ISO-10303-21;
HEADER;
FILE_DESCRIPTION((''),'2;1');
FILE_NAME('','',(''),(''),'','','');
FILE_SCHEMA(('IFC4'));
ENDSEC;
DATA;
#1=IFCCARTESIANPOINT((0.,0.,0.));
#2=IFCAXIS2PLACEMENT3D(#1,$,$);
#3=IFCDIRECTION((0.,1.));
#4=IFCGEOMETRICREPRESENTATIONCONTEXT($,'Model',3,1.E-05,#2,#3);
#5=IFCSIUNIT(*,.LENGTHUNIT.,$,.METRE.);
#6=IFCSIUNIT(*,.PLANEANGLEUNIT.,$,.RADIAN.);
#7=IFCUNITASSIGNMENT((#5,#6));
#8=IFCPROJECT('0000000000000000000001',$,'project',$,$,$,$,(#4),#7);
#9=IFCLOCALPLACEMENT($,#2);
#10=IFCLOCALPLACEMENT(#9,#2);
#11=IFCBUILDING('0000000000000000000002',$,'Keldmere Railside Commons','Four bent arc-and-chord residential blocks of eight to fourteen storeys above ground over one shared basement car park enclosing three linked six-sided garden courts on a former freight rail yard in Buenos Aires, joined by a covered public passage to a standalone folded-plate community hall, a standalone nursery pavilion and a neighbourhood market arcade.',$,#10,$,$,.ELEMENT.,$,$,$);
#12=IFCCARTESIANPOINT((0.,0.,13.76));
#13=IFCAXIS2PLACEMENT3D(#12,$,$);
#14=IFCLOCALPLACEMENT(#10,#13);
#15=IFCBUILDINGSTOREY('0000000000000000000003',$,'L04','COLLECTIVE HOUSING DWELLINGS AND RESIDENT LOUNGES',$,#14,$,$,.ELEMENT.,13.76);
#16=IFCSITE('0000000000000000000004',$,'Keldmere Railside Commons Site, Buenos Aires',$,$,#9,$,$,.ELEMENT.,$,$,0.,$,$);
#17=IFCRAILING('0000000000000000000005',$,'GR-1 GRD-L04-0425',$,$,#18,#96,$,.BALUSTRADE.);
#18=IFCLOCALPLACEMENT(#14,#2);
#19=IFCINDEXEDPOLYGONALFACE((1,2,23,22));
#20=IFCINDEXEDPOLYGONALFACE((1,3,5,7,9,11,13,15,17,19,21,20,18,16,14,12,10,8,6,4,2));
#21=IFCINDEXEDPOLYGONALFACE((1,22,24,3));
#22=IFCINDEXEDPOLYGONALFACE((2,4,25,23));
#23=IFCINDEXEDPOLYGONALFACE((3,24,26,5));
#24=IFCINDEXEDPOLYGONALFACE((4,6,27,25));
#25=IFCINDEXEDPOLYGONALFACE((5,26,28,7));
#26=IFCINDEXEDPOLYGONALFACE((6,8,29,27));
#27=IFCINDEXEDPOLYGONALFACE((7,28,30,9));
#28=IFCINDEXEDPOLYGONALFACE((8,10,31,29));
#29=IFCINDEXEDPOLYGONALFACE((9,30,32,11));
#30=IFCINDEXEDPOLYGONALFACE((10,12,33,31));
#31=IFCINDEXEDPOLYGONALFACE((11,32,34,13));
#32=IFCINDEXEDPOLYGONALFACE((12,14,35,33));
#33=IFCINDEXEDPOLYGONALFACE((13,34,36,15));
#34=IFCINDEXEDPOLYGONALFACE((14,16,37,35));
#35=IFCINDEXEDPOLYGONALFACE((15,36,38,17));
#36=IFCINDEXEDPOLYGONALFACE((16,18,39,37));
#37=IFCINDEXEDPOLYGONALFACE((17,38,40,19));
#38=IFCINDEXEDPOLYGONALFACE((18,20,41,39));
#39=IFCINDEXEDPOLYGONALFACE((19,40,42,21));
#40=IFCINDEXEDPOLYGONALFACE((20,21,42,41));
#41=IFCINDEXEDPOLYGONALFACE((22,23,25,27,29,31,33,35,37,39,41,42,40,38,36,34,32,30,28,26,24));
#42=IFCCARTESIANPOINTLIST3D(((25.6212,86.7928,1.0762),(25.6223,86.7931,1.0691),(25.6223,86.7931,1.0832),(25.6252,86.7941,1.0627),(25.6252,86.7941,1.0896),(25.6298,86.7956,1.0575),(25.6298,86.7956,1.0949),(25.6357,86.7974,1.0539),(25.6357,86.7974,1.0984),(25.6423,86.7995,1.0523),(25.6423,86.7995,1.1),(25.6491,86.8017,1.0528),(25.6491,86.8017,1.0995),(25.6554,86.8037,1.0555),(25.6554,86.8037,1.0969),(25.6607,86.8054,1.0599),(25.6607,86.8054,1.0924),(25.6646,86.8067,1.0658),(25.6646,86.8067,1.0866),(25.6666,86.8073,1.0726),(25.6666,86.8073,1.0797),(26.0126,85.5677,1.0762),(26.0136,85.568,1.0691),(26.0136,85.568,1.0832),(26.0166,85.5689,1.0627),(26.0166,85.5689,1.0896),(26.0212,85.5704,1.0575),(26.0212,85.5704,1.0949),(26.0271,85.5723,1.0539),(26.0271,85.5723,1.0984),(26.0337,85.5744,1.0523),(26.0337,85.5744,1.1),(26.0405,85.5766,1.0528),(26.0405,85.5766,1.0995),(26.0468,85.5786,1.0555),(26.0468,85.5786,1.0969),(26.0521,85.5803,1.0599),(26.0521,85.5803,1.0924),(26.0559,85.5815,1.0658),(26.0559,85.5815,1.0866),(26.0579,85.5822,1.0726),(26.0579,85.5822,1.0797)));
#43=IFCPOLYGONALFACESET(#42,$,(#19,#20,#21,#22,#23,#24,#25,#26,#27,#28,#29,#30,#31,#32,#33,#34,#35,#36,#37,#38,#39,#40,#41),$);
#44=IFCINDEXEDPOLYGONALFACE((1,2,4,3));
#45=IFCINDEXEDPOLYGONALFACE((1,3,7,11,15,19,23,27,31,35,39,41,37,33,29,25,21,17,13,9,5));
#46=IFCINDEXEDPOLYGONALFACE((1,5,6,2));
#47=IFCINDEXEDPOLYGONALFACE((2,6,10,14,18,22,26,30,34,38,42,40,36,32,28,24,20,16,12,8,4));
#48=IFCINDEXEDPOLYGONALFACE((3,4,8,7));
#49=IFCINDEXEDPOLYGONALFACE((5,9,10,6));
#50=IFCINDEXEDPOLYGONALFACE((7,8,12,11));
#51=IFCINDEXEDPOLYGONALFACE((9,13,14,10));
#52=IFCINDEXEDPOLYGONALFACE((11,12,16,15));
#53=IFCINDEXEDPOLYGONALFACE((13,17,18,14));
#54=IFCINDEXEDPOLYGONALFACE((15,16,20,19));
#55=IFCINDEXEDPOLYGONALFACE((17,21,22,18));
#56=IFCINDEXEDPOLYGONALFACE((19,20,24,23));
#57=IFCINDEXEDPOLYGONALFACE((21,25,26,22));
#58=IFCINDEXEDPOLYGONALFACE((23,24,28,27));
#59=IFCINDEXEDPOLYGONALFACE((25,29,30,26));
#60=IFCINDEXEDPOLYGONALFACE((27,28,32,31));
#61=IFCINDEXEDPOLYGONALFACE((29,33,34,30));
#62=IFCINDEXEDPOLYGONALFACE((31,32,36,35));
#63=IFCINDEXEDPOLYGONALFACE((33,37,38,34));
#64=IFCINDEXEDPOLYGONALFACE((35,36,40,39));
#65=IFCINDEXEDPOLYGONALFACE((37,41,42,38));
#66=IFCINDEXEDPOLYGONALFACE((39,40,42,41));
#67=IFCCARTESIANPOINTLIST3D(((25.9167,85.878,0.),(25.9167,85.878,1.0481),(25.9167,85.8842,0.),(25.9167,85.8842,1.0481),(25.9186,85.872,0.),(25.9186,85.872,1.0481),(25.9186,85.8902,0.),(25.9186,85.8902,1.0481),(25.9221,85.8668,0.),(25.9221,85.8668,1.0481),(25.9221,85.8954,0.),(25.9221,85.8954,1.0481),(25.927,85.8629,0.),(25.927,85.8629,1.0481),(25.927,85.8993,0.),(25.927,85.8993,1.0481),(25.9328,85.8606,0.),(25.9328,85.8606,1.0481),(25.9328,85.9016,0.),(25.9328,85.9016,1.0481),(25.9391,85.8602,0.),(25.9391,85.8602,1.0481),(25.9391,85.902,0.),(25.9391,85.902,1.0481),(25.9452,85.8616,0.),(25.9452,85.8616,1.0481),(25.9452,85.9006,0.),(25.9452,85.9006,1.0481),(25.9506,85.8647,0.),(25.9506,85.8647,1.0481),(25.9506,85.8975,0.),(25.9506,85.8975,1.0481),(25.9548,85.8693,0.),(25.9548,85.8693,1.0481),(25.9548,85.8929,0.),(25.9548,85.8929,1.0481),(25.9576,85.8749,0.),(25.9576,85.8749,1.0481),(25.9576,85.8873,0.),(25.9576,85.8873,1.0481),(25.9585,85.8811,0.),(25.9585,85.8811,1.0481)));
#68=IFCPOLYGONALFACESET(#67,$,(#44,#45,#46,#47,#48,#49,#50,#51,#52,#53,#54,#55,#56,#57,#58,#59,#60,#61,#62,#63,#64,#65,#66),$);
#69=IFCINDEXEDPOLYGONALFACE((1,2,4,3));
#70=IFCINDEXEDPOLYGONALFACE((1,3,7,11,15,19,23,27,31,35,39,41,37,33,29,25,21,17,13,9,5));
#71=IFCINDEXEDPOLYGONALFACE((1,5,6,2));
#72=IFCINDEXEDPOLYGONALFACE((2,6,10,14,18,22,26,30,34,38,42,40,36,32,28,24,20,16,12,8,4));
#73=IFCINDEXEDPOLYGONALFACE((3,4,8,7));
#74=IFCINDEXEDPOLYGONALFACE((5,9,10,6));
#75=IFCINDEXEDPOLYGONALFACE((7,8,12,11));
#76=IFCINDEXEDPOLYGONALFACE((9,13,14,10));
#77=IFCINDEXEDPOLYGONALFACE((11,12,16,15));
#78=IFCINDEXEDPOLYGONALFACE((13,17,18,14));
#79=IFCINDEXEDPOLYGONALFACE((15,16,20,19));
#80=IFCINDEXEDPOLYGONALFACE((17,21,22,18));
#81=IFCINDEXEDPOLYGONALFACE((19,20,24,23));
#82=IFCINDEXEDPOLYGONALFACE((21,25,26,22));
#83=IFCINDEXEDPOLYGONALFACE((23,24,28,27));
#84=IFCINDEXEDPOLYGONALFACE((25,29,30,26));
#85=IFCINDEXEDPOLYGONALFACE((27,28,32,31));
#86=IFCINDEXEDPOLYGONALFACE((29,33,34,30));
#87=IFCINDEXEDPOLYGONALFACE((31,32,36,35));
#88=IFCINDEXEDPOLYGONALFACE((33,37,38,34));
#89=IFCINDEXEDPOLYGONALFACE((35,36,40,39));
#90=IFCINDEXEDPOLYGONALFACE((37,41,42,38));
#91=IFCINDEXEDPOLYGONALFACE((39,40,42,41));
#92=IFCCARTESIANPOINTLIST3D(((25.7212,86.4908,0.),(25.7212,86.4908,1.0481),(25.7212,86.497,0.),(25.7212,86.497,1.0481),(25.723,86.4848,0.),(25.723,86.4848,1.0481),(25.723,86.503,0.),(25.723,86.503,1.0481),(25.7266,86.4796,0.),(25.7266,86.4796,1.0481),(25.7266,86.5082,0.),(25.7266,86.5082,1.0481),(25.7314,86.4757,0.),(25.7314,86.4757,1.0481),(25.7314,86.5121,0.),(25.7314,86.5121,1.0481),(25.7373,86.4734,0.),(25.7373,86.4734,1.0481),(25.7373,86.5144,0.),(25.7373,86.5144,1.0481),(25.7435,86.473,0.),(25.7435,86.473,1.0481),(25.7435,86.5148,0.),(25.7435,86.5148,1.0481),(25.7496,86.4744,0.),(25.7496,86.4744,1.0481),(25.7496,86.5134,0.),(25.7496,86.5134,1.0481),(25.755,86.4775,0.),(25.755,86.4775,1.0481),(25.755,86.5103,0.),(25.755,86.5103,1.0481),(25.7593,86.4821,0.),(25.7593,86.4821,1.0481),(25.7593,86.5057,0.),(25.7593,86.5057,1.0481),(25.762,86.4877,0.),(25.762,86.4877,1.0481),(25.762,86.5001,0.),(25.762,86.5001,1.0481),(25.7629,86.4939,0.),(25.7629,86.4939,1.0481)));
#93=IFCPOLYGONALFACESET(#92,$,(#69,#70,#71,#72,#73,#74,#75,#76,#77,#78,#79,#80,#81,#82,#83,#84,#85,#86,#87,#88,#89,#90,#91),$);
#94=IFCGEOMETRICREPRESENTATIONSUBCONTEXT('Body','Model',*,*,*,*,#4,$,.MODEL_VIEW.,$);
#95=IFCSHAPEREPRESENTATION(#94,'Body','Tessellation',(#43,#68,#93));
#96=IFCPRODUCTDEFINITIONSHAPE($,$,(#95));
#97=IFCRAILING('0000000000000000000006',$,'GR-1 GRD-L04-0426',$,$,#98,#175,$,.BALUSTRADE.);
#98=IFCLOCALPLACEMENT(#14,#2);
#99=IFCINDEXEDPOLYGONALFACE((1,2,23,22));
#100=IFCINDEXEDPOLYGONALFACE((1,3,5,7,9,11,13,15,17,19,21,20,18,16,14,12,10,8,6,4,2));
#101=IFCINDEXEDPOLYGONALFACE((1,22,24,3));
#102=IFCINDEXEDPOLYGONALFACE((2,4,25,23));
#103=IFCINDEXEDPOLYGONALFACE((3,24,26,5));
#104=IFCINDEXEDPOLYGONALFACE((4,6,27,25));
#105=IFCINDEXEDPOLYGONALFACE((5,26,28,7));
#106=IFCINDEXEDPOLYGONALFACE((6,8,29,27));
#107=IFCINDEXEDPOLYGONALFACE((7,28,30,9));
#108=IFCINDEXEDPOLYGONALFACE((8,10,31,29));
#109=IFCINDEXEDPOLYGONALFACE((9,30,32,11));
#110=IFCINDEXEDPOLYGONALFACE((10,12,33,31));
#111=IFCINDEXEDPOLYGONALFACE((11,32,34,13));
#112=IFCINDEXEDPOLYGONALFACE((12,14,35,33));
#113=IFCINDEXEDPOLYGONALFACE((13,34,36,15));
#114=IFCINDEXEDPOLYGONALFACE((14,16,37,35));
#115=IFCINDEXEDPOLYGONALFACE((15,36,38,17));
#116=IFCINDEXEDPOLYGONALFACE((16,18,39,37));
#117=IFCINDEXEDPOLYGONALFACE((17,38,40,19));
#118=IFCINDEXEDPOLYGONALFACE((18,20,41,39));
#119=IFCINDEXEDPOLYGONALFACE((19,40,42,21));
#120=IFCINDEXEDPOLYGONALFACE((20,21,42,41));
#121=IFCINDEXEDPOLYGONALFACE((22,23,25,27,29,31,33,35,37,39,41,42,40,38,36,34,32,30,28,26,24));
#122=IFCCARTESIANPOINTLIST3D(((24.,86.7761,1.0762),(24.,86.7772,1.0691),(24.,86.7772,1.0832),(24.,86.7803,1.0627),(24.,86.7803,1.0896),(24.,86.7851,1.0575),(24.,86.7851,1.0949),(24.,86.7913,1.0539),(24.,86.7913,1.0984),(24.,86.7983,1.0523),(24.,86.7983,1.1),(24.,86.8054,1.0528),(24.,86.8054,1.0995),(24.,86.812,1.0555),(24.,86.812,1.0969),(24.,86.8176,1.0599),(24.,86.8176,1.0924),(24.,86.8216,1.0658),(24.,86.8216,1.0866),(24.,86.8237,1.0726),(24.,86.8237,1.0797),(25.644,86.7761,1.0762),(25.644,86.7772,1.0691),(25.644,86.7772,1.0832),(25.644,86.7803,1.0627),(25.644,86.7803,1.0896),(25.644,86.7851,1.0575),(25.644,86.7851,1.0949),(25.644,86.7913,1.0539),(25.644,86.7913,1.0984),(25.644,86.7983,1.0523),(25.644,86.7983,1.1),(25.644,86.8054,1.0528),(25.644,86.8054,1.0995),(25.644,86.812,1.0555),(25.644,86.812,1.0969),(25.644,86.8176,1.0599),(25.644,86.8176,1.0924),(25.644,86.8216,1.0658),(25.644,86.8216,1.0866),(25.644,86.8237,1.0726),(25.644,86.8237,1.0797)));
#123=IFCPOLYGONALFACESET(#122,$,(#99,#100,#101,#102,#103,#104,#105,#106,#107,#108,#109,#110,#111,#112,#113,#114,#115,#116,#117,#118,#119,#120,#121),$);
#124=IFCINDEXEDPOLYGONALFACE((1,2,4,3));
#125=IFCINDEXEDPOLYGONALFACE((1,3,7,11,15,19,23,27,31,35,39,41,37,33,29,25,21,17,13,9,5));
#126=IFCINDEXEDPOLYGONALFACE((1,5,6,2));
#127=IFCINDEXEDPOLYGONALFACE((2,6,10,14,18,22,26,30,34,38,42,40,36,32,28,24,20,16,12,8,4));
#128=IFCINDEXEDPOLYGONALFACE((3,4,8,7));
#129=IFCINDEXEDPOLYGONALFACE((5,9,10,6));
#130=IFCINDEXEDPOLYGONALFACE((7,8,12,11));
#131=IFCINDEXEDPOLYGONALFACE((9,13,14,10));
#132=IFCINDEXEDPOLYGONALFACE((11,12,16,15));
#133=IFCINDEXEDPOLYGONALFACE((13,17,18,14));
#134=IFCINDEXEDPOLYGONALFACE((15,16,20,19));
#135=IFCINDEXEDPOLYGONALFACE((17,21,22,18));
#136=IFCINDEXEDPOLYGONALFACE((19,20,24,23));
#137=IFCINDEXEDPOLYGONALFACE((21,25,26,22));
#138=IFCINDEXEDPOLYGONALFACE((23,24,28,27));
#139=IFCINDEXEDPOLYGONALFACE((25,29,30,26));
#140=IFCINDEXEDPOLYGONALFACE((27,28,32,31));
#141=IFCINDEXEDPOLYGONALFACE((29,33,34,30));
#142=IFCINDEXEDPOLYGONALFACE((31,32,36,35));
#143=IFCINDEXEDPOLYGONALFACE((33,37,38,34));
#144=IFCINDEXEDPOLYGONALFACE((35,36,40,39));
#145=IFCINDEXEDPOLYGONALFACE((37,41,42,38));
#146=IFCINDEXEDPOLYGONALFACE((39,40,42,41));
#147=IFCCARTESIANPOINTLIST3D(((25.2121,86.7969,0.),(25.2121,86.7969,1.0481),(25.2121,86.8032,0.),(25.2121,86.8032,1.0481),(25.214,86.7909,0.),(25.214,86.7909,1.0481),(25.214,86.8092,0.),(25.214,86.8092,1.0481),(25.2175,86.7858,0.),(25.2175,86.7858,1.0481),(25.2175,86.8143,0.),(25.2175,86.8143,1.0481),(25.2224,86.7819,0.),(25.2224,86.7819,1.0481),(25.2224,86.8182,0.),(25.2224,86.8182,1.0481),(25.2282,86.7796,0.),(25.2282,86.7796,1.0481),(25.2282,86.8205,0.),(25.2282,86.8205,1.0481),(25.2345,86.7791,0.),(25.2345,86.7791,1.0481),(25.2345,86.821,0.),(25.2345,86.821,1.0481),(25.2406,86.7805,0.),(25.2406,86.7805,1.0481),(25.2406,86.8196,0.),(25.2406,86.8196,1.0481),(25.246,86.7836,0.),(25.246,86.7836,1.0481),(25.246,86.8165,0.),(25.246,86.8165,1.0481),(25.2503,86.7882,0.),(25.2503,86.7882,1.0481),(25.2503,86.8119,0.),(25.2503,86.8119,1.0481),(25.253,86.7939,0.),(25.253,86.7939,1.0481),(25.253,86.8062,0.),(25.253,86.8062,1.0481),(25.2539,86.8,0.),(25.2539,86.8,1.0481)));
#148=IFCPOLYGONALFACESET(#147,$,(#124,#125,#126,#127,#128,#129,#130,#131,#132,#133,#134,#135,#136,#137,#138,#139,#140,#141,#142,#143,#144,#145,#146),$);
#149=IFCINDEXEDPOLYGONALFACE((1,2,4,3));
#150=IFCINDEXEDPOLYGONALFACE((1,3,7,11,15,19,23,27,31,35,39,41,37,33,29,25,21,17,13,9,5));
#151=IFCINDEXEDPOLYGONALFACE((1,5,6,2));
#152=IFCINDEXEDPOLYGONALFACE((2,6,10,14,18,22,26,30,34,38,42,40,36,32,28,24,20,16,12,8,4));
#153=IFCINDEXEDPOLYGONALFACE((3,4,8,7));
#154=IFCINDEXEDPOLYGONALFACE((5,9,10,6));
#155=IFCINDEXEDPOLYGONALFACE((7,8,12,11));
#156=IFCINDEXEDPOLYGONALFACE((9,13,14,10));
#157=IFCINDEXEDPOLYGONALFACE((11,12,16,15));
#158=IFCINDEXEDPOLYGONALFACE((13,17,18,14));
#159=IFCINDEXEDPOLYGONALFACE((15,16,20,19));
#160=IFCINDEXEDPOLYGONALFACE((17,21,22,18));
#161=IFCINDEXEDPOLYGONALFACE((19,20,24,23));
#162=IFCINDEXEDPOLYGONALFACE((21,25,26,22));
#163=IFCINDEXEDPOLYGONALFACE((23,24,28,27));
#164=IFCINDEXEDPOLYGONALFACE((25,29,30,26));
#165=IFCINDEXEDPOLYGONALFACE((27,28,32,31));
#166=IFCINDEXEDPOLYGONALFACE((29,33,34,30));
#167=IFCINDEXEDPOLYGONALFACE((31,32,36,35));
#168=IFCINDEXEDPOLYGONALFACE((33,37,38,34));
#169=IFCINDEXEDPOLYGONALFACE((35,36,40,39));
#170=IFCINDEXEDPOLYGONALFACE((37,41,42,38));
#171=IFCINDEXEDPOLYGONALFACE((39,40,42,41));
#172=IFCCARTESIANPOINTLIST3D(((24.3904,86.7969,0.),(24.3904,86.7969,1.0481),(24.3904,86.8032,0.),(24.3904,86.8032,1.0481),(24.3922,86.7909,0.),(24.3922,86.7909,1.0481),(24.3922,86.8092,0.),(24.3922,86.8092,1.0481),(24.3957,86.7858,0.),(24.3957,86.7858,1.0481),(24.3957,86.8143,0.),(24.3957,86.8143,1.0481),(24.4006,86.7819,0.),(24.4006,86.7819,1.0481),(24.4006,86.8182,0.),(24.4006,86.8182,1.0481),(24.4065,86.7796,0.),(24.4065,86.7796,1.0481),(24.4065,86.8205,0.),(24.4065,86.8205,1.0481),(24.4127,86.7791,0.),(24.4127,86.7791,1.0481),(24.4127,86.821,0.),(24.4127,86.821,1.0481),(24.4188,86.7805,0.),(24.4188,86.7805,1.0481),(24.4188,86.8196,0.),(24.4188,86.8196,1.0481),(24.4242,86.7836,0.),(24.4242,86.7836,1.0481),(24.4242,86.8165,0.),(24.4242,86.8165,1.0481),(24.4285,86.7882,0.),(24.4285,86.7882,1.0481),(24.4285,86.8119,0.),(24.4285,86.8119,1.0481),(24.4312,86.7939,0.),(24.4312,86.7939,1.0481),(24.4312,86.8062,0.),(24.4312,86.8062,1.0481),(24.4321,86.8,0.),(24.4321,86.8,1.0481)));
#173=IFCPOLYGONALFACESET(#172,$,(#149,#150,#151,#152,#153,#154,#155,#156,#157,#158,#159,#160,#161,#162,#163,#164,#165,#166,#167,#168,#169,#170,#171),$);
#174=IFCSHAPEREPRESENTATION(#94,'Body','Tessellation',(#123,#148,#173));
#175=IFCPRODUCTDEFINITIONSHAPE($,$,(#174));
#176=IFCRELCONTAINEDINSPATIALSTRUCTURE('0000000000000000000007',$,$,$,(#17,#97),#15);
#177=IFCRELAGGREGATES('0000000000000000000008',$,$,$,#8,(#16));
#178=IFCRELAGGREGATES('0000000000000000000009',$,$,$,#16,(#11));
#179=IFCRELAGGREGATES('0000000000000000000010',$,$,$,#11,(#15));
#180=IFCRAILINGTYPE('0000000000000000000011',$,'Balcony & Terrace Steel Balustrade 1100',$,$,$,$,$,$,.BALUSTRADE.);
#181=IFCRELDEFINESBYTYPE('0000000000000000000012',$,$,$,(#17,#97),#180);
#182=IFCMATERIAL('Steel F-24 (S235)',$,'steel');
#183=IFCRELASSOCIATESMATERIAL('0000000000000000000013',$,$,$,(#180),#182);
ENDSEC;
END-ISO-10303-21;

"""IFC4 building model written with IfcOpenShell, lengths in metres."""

from ifc_helpers import new_model, si_unit, direction, frame, origin, origin_2d, place, context, subcontext, project, spatial, circle, extrude, material, type_object, element, save


model = new_model("IFC4")

# Units and contexts
model_context = context("Model", 3, precision=1e-05, world=origin(), true_north=direction((0.0, 1.0)))
body_context = subcontext(model_context, "Body", "Model", "MODEL_VIEW")
ifc_project = project(units=[si_unit("LENGTHUNIT", "METRE"), si_unit("PLANEANGLEUNIT", "RADIAN")], contexts=[model_context])

# Site, building, storey
site_placement = place(None, origin())
site = spatial("IfcSite", under=ifc_project, at=site_placement, Name="Keldmere Railside Commons Site, Buenos Aires", CompositionType="ELEMENT", RefElevation=0.0)
building_placement = place(site_placement, origin())
building = spatial("IfcBuilding", under=site, at=building_placement, Name="Keldmere Railside Commons", Description="Four bent arc-and-chord residential blocks of eight to fourteen storeys above ground over one shared basement car park enclosing three linked six-sided garden courts on a former freight rail yard in Buenos Aires, joined by a covered public passage to a standalone folded-plate community hall, a standalone nursery pavilion and a neighbourhood market arcade.", CompositionType="ELEMENT")
storey_placement = place(building_placement, frame((0.0, 0.0, 13.76)))
storey = spatial("IfcBuildingStorey", under=building, at=storey_placement, Name="L04", Description="COLLECTIVE HOUSING DWELLINGS AND RESIDENT LOUNGES", CompositionType="ELEMENT", Elevation=13.76)

# Railings
ifc_material_1 = material(Name="Steel F-24 (S235)", Category="steel")
railing_type = type_object("IfcRailingType", Name="Balcony & Terrace Steel Balustrade 1100", PredefinedType="BALUSTRADE", material=ifc_material_1)
railing_1_placement = place(storey_placement, frame((26.0354, 85.575, 0.0)))
element("IfcRailing", 1, at=railing_1_placement, inside=storey, type_object=railing_type, Name="GR-1 GRD-L04-0425", PredefinedType="BALUSTRADE", context=body_context, shape_type="SweptSolid", body=[
    extrude(circle(Radius=0.0239, at=origin_2d()), frame((0.0, 0.0, 1.0762), z_axis=(-0.3043, 0.952576, 0.0), x_axis=(-0.952576, -0.3043, 0.0)), (0.0, 0.0, 1.0), 1.2861),
    extrude(circle(Radius=0.021, at=origin_2d()), frame((-0.0979, 0.3062, 0.0)), (0.0, 0.0, 1.0), 1.0481),
    extrude(circle(Radius=0.021, at=origin_2d()), frame((-0.2935, 0.9189, 0.0)), (0.0, 0.0, 1.0), 1.0481),
])
railing_2_placement = place(storey_placement, frame((25.644, 86.8, 0.0)))
element("IfcRailing", 2, at=railing_2_placement, inside=storey, type_object=railing_type, Name="GR-1 GRD-L04-0426", PredefinedType="BALUSTRADE", context=body_context, shape_type="SweptSolid", body=[
    extrude(circle(Radius=0.0239, at=origin_2d()), frame((0.0, 0.0, 1.0762), z_axis=(-1.0, 0.0, 0.0), x_axis=(0.0, -1.0, 0.0)), (0.0, 0.0, 1.0), 1.644),
    extrude(circle(Radius=0.021, at=origin_2d()), frame((-0.4111, 0.0, 0.0)), (0.0, 0.0, 1.0), 1.0481),
    extrude(circle(Radius=0.021, at=origin_2d()), frame((-1.2329, 0.0, 0.0)), (0.0, 0.0, 1.0), 1.0481),
])

save(model, "model.ifc")
